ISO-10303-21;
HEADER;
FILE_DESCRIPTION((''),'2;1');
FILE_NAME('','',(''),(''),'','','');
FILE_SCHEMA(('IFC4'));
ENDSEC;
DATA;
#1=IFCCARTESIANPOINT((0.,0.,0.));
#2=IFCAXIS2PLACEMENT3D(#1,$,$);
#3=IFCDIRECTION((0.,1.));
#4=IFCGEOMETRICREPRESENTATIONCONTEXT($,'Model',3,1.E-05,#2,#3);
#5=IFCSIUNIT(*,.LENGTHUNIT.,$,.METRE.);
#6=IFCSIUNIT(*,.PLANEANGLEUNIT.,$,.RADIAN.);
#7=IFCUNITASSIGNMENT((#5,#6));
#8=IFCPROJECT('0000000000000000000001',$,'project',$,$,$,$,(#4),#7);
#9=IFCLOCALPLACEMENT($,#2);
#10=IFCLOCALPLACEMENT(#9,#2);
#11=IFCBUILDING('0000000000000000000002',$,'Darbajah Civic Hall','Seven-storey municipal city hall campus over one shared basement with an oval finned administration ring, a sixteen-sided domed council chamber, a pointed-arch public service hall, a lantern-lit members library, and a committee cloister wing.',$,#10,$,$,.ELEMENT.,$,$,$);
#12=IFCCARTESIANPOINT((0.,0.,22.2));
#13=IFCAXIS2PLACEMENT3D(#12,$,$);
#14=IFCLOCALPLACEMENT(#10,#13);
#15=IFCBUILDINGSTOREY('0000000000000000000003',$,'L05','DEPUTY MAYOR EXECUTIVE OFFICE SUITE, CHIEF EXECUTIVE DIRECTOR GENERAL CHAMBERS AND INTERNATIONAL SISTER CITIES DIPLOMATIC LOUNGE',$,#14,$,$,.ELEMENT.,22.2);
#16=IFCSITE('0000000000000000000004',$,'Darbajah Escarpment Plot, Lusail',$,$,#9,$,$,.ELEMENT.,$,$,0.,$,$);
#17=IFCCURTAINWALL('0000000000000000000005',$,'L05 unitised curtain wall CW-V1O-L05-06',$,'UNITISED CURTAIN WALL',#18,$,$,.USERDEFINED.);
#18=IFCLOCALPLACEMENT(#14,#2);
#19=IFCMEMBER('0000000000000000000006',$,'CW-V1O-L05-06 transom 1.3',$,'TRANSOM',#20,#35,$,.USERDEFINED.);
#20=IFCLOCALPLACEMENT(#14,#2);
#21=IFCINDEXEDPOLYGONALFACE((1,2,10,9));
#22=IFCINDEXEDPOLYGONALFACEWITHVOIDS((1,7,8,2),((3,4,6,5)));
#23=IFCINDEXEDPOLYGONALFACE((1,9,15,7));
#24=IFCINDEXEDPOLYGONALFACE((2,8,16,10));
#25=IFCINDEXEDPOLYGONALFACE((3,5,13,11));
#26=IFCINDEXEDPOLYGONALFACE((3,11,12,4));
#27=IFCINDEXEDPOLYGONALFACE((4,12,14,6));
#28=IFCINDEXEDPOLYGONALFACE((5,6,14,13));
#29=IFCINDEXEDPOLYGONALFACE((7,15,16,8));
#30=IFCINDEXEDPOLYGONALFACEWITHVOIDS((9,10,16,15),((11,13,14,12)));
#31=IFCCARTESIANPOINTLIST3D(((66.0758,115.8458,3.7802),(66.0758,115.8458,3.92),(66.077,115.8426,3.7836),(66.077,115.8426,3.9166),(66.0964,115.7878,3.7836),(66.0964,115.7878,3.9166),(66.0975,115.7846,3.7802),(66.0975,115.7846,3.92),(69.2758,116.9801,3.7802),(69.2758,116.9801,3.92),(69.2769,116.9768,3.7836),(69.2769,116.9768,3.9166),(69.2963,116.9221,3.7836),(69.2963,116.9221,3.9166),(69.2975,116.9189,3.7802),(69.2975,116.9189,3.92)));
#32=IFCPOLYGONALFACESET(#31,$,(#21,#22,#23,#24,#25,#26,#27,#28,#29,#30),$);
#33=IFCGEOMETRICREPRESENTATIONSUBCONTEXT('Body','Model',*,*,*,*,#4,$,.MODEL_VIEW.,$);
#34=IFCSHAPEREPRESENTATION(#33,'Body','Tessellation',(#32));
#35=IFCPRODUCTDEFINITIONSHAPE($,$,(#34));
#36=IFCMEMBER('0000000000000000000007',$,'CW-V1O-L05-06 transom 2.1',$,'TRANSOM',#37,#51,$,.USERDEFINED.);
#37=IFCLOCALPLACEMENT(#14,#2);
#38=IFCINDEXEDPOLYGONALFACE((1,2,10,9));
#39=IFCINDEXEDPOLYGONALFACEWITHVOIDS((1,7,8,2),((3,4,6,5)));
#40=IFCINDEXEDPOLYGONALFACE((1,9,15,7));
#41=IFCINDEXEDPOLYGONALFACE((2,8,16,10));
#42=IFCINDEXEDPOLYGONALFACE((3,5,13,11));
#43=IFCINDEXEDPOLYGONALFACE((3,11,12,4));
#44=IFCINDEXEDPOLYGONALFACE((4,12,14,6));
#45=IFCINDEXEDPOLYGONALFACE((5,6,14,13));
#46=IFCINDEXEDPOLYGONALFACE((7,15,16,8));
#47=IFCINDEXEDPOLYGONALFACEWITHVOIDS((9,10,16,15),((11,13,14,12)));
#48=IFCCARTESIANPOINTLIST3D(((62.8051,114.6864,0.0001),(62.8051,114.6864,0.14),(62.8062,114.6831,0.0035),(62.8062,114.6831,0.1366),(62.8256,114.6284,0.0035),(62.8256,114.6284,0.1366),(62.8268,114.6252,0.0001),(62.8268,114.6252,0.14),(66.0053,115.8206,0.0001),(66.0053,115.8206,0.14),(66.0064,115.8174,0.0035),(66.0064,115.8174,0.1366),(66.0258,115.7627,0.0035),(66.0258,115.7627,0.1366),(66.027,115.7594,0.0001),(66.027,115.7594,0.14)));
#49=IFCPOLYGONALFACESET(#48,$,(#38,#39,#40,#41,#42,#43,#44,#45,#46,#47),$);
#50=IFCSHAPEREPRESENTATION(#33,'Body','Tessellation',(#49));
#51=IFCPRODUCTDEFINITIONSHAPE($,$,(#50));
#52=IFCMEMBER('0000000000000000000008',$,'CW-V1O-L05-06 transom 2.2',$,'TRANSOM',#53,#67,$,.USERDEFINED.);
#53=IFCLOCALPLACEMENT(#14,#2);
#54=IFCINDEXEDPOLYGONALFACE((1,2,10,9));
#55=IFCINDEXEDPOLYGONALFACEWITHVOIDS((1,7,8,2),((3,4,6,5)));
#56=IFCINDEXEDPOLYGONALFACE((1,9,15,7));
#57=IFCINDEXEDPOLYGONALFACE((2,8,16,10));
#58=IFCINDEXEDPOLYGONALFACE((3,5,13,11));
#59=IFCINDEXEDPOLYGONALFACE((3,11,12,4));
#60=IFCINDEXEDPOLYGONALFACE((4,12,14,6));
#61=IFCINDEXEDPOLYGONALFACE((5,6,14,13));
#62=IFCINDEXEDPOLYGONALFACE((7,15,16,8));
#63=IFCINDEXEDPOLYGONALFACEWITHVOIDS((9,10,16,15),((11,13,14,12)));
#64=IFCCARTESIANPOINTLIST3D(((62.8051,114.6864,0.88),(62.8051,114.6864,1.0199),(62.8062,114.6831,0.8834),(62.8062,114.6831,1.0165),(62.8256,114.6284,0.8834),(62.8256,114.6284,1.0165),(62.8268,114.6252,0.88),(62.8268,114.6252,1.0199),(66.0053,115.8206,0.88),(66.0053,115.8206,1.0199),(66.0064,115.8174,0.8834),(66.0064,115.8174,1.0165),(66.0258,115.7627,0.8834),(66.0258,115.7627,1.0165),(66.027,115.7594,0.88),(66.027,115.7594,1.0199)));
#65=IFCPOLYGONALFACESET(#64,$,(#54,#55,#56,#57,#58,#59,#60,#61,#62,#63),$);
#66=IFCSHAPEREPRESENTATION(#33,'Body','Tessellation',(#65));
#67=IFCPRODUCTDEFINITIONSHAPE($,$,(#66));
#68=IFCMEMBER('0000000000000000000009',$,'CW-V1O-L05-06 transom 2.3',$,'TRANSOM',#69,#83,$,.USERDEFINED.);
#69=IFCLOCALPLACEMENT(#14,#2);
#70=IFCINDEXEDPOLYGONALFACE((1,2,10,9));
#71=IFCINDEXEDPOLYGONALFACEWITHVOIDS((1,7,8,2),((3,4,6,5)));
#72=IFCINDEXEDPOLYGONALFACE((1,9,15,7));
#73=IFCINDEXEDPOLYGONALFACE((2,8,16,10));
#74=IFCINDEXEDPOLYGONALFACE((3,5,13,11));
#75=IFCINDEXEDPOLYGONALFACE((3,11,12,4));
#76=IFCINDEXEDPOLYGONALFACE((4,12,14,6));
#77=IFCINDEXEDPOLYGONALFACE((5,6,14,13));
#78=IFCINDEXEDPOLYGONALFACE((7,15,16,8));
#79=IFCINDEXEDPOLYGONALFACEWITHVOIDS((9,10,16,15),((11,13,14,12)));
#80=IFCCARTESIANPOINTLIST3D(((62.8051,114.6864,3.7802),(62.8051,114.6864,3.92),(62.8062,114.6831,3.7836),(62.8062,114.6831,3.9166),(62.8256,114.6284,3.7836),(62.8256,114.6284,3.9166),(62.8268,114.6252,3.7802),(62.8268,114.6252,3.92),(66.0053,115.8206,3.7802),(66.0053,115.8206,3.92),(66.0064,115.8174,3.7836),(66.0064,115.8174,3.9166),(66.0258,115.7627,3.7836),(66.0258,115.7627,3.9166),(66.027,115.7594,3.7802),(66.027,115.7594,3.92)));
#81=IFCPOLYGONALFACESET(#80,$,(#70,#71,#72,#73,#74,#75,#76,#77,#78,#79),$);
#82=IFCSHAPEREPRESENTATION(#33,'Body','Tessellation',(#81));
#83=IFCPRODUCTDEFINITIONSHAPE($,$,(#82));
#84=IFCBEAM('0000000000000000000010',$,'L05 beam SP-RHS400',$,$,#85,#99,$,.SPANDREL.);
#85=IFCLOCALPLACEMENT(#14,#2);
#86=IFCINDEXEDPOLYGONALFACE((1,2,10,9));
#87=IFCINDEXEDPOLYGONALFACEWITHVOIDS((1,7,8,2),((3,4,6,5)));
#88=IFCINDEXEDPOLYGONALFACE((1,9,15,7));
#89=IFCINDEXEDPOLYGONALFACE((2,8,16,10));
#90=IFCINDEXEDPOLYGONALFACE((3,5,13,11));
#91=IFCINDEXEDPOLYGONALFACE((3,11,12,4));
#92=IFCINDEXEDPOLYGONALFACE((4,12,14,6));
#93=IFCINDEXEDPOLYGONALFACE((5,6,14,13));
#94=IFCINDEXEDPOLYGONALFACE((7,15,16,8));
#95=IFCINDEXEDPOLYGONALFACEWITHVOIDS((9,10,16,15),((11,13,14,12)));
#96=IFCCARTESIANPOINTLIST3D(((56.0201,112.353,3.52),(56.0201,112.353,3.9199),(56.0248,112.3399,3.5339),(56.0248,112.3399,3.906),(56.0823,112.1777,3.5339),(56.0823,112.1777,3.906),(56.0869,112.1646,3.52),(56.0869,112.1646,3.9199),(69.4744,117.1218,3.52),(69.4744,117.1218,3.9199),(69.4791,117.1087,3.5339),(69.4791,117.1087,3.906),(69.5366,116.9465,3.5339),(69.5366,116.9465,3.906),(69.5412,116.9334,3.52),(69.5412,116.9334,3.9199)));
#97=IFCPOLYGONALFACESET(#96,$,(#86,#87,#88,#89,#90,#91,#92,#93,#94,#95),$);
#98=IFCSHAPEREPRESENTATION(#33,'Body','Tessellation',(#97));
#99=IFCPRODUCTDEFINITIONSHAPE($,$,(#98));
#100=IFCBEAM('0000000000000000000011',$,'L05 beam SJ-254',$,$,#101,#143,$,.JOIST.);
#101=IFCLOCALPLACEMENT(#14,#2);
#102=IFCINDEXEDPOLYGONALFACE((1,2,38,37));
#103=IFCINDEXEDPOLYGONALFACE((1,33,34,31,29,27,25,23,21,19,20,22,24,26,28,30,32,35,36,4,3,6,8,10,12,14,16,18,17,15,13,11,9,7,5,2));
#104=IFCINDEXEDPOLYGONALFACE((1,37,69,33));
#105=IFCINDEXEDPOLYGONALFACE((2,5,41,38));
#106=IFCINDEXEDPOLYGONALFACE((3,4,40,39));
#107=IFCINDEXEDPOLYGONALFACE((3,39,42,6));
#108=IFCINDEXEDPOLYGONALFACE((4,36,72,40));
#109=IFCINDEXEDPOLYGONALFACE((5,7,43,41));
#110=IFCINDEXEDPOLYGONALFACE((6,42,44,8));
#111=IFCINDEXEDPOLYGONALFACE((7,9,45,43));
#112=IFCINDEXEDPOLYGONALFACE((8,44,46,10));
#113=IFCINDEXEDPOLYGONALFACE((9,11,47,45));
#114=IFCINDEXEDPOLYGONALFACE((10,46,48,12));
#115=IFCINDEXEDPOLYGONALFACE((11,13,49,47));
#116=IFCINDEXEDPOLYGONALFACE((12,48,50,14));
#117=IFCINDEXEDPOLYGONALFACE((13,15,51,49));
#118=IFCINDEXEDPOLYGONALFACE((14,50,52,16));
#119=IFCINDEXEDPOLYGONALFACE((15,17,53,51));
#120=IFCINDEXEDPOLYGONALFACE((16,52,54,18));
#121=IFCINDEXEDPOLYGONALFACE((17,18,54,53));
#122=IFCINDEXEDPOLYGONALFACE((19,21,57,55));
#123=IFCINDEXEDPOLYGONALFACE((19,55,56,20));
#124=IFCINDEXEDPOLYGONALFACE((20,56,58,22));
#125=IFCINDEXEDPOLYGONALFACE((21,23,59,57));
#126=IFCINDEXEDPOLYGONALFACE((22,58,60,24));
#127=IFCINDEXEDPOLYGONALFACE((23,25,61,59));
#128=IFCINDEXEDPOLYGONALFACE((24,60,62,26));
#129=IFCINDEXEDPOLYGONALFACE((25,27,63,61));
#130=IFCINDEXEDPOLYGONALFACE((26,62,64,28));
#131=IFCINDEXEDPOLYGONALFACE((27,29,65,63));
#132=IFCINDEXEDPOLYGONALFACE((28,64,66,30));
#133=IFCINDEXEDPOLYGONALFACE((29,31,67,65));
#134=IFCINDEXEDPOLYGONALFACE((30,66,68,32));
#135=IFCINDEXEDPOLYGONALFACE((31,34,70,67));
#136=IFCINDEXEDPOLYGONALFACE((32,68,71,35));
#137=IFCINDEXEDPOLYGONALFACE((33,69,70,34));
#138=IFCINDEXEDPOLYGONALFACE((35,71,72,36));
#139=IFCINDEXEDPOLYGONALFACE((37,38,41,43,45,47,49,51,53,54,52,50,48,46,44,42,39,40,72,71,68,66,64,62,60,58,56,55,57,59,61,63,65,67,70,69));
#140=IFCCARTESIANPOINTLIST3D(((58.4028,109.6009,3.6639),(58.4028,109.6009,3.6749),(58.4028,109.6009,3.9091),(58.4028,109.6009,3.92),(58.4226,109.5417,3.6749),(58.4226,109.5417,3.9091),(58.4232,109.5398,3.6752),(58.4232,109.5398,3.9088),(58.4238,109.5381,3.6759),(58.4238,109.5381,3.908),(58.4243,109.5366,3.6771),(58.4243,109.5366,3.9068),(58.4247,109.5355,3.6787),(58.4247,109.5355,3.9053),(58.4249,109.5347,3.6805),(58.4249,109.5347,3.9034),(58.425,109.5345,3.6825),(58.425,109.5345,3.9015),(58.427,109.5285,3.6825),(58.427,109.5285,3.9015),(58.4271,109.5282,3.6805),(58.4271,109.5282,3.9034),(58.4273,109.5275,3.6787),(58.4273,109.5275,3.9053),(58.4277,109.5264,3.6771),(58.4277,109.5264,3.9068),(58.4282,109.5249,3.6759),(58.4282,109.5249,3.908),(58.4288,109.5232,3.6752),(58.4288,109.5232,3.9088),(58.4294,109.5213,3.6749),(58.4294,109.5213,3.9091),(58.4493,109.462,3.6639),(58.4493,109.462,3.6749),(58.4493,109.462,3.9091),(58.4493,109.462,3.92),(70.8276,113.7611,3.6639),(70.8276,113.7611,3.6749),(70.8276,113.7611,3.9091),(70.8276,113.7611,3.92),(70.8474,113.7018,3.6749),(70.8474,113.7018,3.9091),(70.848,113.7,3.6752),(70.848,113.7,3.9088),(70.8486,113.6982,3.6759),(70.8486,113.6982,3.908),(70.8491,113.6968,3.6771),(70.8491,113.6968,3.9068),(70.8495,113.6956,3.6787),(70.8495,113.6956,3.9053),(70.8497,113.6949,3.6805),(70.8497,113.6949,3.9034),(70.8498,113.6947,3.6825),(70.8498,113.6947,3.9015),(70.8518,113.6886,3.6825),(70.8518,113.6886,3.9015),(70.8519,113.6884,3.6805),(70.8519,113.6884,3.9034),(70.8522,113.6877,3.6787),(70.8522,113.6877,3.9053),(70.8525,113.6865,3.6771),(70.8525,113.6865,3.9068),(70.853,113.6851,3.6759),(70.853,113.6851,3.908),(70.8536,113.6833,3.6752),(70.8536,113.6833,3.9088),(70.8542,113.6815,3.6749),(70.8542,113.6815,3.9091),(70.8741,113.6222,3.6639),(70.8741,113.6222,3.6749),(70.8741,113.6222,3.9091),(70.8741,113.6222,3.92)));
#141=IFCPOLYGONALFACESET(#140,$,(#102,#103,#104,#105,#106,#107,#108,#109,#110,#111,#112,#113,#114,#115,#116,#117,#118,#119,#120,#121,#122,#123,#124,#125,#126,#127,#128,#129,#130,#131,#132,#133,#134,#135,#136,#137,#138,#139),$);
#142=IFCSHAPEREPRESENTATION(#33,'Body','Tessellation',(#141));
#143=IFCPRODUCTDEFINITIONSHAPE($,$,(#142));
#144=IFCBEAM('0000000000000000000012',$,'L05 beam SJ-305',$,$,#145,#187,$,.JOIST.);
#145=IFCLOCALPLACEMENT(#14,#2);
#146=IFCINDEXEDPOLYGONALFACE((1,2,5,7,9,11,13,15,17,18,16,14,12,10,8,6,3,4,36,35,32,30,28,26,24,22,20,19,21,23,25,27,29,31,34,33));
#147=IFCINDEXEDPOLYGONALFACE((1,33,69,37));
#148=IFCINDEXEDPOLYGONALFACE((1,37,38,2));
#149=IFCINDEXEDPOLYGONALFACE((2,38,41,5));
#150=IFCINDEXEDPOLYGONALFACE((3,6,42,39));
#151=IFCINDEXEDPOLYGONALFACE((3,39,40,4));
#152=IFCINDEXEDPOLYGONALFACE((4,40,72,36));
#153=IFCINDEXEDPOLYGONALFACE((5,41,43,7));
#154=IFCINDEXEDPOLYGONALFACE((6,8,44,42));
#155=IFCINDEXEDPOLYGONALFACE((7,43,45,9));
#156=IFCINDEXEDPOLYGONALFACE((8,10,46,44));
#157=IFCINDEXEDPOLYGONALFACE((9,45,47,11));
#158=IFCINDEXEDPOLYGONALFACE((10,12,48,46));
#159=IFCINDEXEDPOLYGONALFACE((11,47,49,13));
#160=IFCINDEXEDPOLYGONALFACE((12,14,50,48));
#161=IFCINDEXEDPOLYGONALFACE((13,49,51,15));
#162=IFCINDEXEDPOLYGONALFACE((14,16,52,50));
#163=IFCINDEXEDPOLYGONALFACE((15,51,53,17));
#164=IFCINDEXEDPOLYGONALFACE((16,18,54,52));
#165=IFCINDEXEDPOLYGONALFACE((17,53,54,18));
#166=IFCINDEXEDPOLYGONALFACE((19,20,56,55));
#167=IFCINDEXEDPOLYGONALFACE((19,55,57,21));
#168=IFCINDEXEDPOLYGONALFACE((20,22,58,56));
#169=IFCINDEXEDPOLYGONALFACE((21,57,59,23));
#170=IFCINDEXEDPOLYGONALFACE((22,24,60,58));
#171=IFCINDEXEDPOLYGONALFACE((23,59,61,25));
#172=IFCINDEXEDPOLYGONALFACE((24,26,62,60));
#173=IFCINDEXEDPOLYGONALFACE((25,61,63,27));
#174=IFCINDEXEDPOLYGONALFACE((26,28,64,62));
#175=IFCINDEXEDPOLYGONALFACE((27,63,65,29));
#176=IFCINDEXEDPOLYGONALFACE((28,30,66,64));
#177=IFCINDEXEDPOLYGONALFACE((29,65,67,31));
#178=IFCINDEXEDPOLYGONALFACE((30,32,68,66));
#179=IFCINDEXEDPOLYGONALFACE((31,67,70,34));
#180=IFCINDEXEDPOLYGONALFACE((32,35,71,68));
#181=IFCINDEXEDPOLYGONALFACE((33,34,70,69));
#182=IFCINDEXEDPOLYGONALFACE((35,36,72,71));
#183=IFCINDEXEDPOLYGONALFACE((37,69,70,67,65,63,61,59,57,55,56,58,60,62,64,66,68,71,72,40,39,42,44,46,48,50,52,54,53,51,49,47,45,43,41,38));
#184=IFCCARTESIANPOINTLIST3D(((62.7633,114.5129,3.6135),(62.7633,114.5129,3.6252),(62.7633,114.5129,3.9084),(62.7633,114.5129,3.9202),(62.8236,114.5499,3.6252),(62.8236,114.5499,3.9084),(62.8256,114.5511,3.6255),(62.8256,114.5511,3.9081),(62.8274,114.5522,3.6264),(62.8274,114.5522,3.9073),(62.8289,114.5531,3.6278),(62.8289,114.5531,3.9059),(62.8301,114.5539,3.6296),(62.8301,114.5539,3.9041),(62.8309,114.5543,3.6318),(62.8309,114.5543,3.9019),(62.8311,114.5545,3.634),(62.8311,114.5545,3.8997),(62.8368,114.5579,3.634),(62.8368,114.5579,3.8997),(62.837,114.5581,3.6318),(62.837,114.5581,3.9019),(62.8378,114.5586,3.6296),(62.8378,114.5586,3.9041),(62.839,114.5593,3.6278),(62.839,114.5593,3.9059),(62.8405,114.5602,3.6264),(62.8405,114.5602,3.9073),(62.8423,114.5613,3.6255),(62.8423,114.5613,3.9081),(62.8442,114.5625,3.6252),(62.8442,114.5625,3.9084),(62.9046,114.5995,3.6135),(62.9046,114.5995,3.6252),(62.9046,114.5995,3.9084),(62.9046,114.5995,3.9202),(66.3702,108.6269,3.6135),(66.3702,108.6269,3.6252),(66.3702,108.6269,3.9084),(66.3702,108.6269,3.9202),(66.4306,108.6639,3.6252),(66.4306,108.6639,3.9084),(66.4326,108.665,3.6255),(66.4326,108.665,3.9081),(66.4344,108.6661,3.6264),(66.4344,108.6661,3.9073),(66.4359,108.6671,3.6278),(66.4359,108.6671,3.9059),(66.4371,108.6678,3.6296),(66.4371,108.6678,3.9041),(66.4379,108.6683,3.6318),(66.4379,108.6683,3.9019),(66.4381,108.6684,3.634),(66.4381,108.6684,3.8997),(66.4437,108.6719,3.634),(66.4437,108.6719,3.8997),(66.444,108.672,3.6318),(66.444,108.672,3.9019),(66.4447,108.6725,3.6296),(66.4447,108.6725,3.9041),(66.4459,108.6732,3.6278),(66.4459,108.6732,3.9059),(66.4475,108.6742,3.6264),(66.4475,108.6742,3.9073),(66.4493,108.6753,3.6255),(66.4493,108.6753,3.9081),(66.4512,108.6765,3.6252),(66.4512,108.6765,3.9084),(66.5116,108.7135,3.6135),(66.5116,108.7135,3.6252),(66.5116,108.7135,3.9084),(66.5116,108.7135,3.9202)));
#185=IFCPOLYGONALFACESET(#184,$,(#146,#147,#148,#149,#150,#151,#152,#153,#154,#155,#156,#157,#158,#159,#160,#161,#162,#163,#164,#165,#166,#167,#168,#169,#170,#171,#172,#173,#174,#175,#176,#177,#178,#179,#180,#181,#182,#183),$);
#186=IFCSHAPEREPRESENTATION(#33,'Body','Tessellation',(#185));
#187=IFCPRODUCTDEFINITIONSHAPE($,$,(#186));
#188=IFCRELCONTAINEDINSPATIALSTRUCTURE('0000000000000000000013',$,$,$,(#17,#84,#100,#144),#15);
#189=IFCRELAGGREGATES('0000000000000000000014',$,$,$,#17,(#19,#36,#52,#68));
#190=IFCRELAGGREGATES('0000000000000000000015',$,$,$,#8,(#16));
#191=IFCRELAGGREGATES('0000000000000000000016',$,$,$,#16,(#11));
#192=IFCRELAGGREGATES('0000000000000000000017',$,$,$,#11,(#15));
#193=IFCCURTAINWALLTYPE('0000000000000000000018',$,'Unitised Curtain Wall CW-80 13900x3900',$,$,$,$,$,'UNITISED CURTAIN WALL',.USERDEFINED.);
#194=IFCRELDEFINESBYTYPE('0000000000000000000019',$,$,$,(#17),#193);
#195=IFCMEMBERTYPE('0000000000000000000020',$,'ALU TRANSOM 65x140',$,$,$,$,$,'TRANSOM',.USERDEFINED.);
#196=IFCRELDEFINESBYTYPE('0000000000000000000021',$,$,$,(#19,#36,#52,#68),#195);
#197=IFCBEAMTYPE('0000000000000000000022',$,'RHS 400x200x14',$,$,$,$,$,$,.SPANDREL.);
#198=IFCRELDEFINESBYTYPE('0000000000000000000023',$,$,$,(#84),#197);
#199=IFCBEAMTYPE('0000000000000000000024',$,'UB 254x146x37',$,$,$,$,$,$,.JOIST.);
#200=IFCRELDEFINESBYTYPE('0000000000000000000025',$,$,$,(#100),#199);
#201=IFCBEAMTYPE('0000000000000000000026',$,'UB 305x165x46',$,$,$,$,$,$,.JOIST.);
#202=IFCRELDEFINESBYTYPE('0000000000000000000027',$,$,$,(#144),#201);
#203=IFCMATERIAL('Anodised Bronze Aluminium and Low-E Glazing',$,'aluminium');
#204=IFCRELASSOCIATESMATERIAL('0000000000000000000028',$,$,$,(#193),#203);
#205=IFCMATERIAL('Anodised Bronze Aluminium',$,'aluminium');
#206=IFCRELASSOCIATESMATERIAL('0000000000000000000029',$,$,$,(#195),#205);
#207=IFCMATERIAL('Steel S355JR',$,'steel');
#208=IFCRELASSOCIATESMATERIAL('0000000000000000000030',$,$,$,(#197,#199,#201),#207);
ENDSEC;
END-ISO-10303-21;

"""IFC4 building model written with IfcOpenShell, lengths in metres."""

from ifc_helpers import new_model, si_unit, direction, frame, origin, origin_2d, place, context, subcontext, project, spatial, hollow_rectangle, i_section, extrude, material, material_profile, profile_set, type_object, element, aggregate, save


model = new_model("IFC4")

# Units and contexts
model_context = context("Model", 3, precision=1e-05, world=origin(), true_north=direction((0.0, 1.0)))
body_context = subcontext(model_context, "Body", "Model", "MODEL_VIEW")
ifc_project = project(units=[si_unit("LENGTHUNIT", "METRE"), si_unit("PLANEANGLEUNIT", "RADIAN")], contexts=[model_context])

# Site, building, storey
site_placement = place(None, origin())
site = spatial("IfcSite", under=ifc_project, at=site_placement, Name="Darbajah Escarpment Plot, Lusail", CompositionType="ELEMENT", RefElevation=0.0)
building_placement = place(site_placement, origin())
building = spatial("IfcBuilding", under=site, at=building_placement, Name="Darbajah Civic Hall", Description="Seven-storey municipal city hall campus over one shared basement with an oval finned administration ring, a sixteen-sided domed council chamber, a pointed-arch public service hall, a lantern-lit members library, and a committee cloister wing.", CompositionType="ELEMENT")
storey_placement = place(building_placement, frame((0.0, 0.0, 22.2)))
storey = spatial("IfcBuildingStorey", under=building, at=storey_placement, Name="L05", Description="DEPUTY MAYOR EXECUTIVE OFFICE SUITE, CHIEF EXECUTIVE DIRECTOR GENERAL CHAMBERS AND INTERNATIONAL SISTER CITIES DIPLOMATIC LOUNGE", CompositionType="ELEMENT", Elevation=22.2)

# Shared definitions
ifc_material_1 = material(Name="Anodised Bronze Aluminium and Low-E Glazing", Category="aluminium")
ifc_material_2 = material(Name="Anodised Bronze Aluminium", Category="aluminium")

# Curtain wall
curtain_wall_type_1 = type_object("IfcCurtainWallType", Name="Unitised Curtain Wall CW-80 13900x3900", ElementType="UNITISED CURTAIN WALL", PredefinedType="USERDEFINED", material=ifc_material_1)
curtain_wall_1_placement = place(storey_placement, origin())
curtain_wall_1 = element("IfcCurtainWall", 1, at=curtain_wall_1_placement, inside=storey, type_object=curtain_wall_type_1, Name="L05 unitised curtain wall CW-V1O-L05-06", ObjectType="UNITISED CURTAIN WALL", PredefinedType="USERDEFINED")

# Members
ifc_material_profile_1 = material_profile(ifc_material_2, hollow_rectangle(XDim=0.0649, YDim=0.1399, WallThickness=0.0034, at=origin_2d()), Name="ALU TRANSOM 65x140")
ifc_profile_set_1 = profile_set([ifc_material_profile_1], Name="Anodised Bronze Aluminium")
member_type_1 = type_object("IfcMemberType", Name="ALU TRANSOM 65x140", ElementType="TRANSOM", PredefinedType="USERDEFINED", material=ifc_profile_set_1)
member_1_placement = place(storey_placement, frame((69.2866, 116.9495, 3.8501), z_axis=(-0.942538, -0.334099, 0.0), x_axis=(0.334099, -0.942538, 0.0)))
member_1 = element("IfcMember", 2, at=member_1_placement, type_object=member_type_1, Name="CW-V1O-L05-06 transom 1.3", ObjectType="TRANSOM", PredefinedType="USERDEFINED", context=body_context, shape_type="SweptSolid", body=[
    extrude(hollow_rectangle(XDim=0.0649, YDim=0.1399, WallThickness=0.0034, at=origin_2d()), origin(), (0.0, 0.0, 1.0), 3.395),
])
member_2_placement = place(storey_placement, frame((66.0161, 115.79, 0.0701), z_axis=(-0.942546, -0.334076, 0.0), x_axis=(0.334076, -0.942546, 0.0)))
member_2 = element("IfcMember", 3, at=member_2_placement, type_object=member_type_1, Name="CW-V1O-L05-06 transom 2.1", ObjectType="TRANSOM", PredefinedType="USERDEFINED", context=body_context, shape_type="SweptSolid", body=[
    extrude(hollow_rectangle(XDim=0.0649, YDim=0.1399, WallThickness=0.0034, at=origin_2d()), origin(), (0.0, 0.0, 1.0), 3.3953),
])
member_3_placement = place(storey_placement, frame((66.0161, 115.79, 0.95), z_axis=(-0.942546, -0.334076, 0.0), x_axis=(0.334076, -0.942546, 0.0)))
member_3 = element("IfcMember", 4, at=member_3_placement, type_object=member_type_1, Name="CW-V1O-L05-06 transom 2.2", ObjectType="TRANSOM", PredefinedType="USERDEFINED", context=body_context, shape_type="SweptSolid", body=[
    extrude(hollow_rectangle(XDim=0.0649, YDim=0.1399, WallThickness=0.0034, at=origin_2d()), origin(), (0.0, 0.0, 1.0), 3.3953),
])
member_4_placement = place(storey_placement, frame((66.0161, 115.79, 3.8501), z_axis=(-0.942546, -0.334076, 0.0), x_axis=(0.334076, -0.942546, 0.0)))
member_4 = element("IfcMember", 5, at=member_4_placement, type_object=member_type_1, Name="CW-V1O-L05-06 transom 2.3", ObjectType="TRANSOM", PredefinedType="USERDEFINED", context=body_context, shape_type="SweptSolid", body=[
    extrude(hollow_rectangle(XDim=0.0649, YDim=0.1399, WallThickness=0.0034, at=origin_2d()), origin(), (0.0, 0.0, 1.0), 3.3953),
])

# Beams
ifc_material_3 = material(Name="Steel S355JR", Category="steel")
ifc_material_profile_2 = material_profile(ifc_material_3, hollow_rectangle(XDim=0.2, YDim=0.3999, WallThickness=0.0139, at=origin_2d()), Name="RHS 400x200x14")
ifc_profile_set_2 = profile_set([ifc_material_profile_2], Name="Steel S355JR")
beam_type_1 = type_object("IfcBeamType", Name="RHS 400x200x14", PredefinedType="SPANDREL", material=ifc_profile_set_2)
beam_1_placement = place(storey_placement, frame((69.5078, 117.0276, 3.72), z_axis=(-0.942545, -0.334079, 0.0), x_axis=(0.334079, -0.942545, 0.0)))
element("IfcBeam", 6, at=beam_1_placement, inside=storey, type_object=beam_type_1, Name="L05 beam SP-RHS400", PredefinedType="SPANDREL", context=body_context, shape_type="SweptSolid", body=[
    extrude(hollow_rectangle(XDim=0.2, YDim=0.3999, WallThickness=0.0139, at=origin_2d()), origin(), (0.0, 0.0, 1.0), 14.2744),
])
ifc_material_profile_3 = material_profile(ifc_material_3, i_section(OverallWidth=0.1465, OverallDepth=0.2561, WebThickness=0.0063, FlangeThickness=0.011, FilletRadius=0.0076, at=origin_2d()), Name="UB 254x146x37")
ifc_profile_set_3 = profile_set([ifc_material_profile_3], Name="Steel S355JR")
beam_type_2 = type_object("IfcBeamType", Name="UB 254x146x37", PredefinedType="JOIST", material=ifc_profile_set_3)
beam_2_placement = place(storey_placement, frame((70.8508, 113.6917, 3.792), z_axis=(-0.948258, -0.317502, 0.0), x_axis=(0.317502, -0.948258, 0.0)))
element("IfcBeam", 7, at=beam_2_placement, inside=storey, type_object=beam_type_2, Name="L05 beam SJ-254", PredefinedType="JOIST", context=body_context, shape_type="SweptSolid", body=[
    extrude(i_section(OverallWidth=0.1465, OverallDepth=0.2561, WebThickness=0.0063, FlangeThickness=0.011, FilletRadius=0.0076, at=origin_2d()), origin(), (0.0, 0.0, 1.0), 13.1028),
])
ifc_material_profile_4 = material_profile(ifc_material_3, i_section(OverallWidth=0.1658, OverallDepth=0.3066, WebThickness=0.0066, FlangeThickness=0.0117, FilletRadius=0.0088, at=origin_2d()), Name="UB 305x165x46")
ifc_profile_set_4 = profile_set([ifc_material_profile_4], Name="Steel S355JR")
beam_type_3 = type_object("IfcBeamType", Name="UB 305x165x46", PredefinedType="JOIST", material=ifc_profile_set_4)
beam_3_placement = place(storey_placement, frame((66.4409, 108.6702, 3.7668), z_axis=(-0.522498, 0.85264, 0.0), x_axis=(-0.85264, -0.522498, 0.0)))
element("IfcBeam", 8, at=beam_3_placement, inside=storey, type_object=beam_type_3, Name="L05 beam SJ-305", PredefinedType="JOIST", context=body_context, shape_type="SweptSolid", body=[
    extrude(i_section(OverallWidth=0.1658, OverallDepth=0.3066, WebThickness=0.0066, FlangeThickness=0.0117, FilletRadius=0.0088, at=origin_2d()), origin(), (0.0, 0.0, 1.0), 6.9033),
])

aggregate(curtain_wall_1, [member_1, member_2, member_3, member_4])

save(model, "model.ifc")
